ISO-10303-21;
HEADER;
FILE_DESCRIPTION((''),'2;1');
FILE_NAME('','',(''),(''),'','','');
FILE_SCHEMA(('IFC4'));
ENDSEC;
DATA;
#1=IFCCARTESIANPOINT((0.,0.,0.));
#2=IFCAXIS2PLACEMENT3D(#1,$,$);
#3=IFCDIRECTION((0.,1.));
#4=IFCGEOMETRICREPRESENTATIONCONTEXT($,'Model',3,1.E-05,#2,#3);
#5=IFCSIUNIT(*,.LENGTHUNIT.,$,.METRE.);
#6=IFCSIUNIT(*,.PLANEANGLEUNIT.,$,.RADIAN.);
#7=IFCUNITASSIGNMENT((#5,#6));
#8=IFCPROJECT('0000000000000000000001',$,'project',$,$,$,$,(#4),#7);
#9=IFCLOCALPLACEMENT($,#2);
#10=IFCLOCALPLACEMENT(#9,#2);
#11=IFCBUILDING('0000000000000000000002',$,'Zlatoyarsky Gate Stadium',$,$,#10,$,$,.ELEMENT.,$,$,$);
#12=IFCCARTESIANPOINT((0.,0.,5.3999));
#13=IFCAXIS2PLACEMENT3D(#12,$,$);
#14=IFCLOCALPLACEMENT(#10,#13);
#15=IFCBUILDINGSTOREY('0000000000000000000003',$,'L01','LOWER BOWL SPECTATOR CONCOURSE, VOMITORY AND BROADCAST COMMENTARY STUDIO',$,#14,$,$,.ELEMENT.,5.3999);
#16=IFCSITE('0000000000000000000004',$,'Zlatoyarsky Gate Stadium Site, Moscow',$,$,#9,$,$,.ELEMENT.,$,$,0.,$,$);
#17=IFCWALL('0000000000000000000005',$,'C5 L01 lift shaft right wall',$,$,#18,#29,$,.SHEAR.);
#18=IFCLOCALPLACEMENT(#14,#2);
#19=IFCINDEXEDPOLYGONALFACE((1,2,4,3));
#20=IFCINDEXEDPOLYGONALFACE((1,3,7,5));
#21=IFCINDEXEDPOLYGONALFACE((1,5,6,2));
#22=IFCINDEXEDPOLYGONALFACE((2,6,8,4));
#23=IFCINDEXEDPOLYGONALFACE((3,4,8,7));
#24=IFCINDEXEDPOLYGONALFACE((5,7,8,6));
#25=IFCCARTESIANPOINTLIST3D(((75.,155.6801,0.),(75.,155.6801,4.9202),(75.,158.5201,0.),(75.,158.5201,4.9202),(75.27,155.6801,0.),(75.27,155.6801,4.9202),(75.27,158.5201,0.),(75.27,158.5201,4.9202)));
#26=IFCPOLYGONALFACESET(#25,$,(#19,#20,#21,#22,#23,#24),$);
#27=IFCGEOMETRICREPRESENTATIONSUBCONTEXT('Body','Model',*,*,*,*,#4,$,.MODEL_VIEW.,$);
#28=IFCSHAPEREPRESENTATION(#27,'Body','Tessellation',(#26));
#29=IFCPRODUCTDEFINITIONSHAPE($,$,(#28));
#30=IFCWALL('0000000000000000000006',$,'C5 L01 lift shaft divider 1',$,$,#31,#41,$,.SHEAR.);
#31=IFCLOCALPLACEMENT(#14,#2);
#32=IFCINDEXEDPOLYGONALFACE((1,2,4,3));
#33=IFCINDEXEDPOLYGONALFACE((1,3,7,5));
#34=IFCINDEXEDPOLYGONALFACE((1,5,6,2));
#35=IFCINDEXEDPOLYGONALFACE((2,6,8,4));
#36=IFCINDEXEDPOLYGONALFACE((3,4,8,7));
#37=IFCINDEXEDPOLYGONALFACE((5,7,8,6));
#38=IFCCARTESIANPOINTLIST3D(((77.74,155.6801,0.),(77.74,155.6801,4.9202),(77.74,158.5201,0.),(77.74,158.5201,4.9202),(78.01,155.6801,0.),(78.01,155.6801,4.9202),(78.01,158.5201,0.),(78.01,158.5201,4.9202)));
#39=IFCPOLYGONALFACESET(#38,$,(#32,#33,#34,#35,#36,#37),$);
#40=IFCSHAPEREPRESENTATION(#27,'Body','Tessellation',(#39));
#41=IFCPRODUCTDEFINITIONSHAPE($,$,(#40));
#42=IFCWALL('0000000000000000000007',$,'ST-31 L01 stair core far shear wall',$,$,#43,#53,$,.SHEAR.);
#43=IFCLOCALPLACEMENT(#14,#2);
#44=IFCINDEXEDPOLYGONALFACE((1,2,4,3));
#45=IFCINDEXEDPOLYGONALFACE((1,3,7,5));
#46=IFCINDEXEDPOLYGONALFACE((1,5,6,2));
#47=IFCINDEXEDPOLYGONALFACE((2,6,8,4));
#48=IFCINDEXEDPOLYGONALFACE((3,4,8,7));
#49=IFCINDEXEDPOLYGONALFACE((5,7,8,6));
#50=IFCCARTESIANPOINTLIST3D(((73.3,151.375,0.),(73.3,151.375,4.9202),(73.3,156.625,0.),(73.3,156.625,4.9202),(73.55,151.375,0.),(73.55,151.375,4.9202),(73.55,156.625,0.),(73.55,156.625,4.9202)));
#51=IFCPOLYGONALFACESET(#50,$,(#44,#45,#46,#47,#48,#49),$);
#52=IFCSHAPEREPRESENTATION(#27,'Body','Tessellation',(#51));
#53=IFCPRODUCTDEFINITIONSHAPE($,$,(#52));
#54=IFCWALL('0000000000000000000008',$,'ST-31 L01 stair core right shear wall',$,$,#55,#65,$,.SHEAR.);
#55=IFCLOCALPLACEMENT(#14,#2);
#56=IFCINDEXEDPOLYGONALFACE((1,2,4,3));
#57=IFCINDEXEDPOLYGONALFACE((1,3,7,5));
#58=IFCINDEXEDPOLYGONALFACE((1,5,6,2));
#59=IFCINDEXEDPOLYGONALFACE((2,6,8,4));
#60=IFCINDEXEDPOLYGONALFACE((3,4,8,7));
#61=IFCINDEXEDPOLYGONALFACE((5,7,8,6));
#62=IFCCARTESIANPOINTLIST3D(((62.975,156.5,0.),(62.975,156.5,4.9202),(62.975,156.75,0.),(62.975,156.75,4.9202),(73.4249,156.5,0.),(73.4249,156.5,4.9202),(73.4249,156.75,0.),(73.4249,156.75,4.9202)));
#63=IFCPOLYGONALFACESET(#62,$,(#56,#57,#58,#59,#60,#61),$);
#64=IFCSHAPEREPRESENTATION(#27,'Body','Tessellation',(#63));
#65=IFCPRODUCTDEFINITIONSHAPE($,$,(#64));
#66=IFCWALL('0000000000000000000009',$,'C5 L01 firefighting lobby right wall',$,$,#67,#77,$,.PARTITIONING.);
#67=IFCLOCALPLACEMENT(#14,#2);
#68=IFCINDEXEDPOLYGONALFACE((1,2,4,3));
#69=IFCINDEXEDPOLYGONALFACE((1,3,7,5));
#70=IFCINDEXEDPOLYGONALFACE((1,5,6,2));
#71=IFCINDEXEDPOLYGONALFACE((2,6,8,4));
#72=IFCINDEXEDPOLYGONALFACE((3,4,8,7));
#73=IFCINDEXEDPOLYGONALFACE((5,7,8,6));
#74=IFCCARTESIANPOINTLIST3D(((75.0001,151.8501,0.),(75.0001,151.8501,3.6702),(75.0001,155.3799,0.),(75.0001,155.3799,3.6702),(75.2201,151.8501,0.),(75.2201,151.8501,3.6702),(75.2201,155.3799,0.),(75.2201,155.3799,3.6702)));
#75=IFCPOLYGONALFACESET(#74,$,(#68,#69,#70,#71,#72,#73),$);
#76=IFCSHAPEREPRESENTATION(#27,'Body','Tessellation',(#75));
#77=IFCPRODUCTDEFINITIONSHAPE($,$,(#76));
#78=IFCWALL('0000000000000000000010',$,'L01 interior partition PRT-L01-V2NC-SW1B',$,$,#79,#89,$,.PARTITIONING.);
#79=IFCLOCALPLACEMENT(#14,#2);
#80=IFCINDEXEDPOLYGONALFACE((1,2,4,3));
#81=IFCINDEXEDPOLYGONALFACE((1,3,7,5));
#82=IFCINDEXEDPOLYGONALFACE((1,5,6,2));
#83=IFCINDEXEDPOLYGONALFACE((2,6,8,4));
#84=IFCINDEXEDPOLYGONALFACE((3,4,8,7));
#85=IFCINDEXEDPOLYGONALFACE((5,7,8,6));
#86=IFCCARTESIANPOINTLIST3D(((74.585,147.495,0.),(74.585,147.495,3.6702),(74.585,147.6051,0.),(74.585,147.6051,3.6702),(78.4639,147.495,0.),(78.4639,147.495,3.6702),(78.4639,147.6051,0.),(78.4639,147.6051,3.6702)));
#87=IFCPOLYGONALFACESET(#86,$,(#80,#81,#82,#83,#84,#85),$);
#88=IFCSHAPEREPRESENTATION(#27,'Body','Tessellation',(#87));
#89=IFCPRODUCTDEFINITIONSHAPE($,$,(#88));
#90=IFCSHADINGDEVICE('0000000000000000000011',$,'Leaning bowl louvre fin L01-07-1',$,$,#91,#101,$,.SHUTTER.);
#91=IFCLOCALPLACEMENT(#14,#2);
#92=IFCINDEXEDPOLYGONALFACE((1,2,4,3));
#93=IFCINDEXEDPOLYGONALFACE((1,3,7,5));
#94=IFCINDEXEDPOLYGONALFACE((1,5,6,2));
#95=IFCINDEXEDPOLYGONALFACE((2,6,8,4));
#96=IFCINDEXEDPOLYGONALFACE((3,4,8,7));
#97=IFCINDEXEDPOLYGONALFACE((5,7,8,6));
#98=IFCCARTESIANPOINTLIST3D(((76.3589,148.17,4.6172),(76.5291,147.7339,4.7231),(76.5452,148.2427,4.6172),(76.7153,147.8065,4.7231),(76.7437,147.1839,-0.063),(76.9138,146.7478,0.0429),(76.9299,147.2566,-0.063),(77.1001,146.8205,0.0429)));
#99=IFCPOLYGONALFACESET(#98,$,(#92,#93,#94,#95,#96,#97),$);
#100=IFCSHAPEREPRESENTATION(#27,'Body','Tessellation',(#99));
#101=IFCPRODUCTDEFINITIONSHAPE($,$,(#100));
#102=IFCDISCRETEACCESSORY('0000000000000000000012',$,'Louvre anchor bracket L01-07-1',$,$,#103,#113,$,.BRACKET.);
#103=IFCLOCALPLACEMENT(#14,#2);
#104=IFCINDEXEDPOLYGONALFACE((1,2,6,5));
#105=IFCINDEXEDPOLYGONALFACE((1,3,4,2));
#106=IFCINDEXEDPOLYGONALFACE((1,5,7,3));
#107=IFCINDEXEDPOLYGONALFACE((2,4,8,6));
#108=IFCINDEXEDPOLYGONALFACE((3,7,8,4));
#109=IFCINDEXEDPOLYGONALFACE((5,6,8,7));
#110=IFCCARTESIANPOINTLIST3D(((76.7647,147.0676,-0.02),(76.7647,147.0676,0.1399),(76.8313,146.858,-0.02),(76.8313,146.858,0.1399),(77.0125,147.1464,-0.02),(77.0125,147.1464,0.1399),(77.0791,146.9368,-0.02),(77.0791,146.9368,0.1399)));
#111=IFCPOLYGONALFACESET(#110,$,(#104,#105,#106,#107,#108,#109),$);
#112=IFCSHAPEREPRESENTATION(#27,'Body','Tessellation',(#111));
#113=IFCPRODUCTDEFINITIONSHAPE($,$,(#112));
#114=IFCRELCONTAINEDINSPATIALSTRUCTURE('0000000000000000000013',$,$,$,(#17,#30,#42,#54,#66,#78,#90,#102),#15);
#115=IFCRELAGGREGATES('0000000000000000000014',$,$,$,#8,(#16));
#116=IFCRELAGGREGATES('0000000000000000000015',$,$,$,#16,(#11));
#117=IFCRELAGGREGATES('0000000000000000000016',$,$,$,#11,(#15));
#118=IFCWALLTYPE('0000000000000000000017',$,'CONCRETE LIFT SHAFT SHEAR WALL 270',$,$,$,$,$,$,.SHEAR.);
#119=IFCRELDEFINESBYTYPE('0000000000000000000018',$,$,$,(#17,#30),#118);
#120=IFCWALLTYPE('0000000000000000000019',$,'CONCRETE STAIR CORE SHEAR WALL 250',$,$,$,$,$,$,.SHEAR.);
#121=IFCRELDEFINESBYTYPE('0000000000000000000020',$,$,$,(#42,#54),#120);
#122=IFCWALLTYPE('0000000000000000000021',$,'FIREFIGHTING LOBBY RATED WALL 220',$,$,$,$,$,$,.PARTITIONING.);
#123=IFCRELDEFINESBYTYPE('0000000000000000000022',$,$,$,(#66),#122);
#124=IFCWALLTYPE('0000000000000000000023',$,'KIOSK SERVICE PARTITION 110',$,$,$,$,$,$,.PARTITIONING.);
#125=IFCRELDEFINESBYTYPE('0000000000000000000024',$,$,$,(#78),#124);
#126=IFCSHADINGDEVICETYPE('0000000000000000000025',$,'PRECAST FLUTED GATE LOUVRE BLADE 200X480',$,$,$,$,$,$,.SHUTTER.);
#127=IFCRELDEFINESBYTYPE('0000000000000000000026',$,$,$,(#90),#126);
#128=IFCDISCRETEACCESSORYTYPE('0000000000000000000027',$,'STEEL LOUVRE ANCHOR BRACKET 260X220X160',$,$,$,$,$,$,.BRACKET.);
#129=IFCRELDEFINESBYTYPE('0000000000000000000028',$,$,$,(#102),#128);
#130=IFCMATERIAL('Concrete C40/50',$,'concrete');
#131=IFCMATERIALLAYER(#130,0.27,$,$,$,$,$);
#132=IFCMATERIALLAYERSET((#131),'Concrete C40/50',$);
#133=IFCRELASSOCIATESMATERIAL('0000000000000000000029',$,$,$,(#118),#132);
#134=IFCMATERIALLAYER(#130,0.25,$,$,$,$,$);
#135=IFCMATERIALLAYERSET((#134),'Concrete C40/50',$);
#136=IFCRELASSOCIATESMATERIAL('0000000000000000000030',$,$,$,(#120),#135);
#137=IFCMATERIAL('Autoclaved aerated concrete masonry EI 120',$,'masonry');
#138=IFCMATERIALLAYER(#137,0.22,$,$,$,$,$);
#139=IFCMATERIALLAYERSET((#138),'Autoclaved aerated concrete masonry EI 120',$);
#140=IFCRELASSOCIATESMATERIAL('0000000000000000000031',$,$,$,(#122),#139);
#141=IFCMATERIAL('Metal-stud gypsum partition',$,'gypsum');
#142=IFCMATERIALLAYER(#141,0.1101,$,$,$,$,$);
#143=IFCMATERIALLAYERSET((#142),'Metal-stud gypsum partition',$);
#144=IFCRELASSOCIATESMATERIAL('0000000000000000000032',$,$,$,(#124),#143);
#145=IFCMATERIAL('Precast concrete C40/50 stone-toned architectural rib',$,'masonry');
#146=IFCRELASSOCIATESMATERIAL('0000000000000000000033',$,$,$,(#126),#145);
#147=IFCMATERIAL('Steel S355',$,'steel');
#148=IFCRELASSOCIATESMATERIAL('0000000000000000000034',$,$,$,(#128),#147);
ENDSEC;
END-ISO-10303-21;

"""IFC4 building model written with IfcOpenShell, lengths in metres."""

from ifc_helpers import new_model, si_unit, direction, frame, frame_2d, origin, origin_2d, place, context, subcontext, project, spatial, rectangle, extrude, material, layer, layer_set, material_profile, profile_set, type_object, element, save


model = new_model("IFC4")

# Units and contexts
model_context = context("Model", 3, precision=1e-05, world=origin(), true_north=direction((0.0, 1.0)))
body_context = subcontext(model_context, "Body", "Model", "MODEL_VIEW")
ifc_project = project(units=[si_unit("LENGTHUNIT", "METRE"), si_unit("PLANEANGLEUNIT", "RADIAN")], contexts=[model_context])

# Site, building, storey
site_placement = place(None, origin())
site = spatial("IfcSite", under=ifc_project, at=site_placement, Name="Zlatoyarsky Gate Stadium Site, Moscow", CompositionType="ELEMENT", RefElevation=0.0)
building_placement = place(site_placement, origin())
building = spatial("IfcBuilding", under=site, at=building_placement, Name="Zlatoyarsky Gate Stadium", CompositionType="ELEMENT")
storey_placement = place(building_placement, frame((0.0, 0.0, 5.3999)))
storey = spatial("IfcBuildingStorey", under=building, at=storey_placement, Name="L01", Description="LOWER BOWL SPECTATOR CONCOURSE, VOMITORY AND BROADCAST COMMENTARY STUDIO", CompositionType="ELEMENT", Elevation=5.3999)

# Shared definitions
ifc_material_1 = material(Name="Concrete C40/50", Category="concrete")
ifc_material_2 = material(Name="Steel S355", Category="steel")

# Walls
ifc_layer_1 = layer(ifc_material_1, 0.27)
ifc_layer_set_1 = layer_set([ifc_layer_1], Name="Concrete C40/50")
wall_type_1 = type_object("IfcWallType", Name="CONCRETE LIFT SHAFT SHEAR WALL 270", PredefinedType="SHEAR", material=ifc_layer_set_1)
for number, where, z_axis, x_axis, name in (
    (1, (75.135, 158.52, 0.0), (0.0, 0.0, 1.0), (0.0, -1.0, 0.0), "C5 L01 lift shaft right wall"),
    (2, (77.875, 158.52, 0.0), (0.0, 0.0, 1.0), (0.0, -1.0, 0.0), "C5 L01 lift shaft divider 1"),
):
    element("IfcWall", number, at=place(storey_placement, frame(where, z_axis=z_axis, x_axis=x_axis)), inside=storey, type_object=wall_type_1, Name=name, PredefinedType="SHEAR", context=body_context, shape_type="SweptSolid", body=[
        extrude(rectangle(XDim=2.8401, YDim=0.27, at=frame_2d((1.4199, 0.0))), origin(), (0.0, 0.0, 1.0), 4.9202),
    ])
ifc_layer_2 = layer(ifc_material_1, 0.25)
ifc_layer_set_2 = layer_set([ifc_layer_2], Name="Concrete C40/50")
wall_type_2 = type_object("IfcWallType", Name="CONCRETE STAIR CORE SHEAR WALL 250", PredefinedType="SHEAR", material=ifc_layer_set_2)
wall_1_placement = place(storey_placement, frame((73.425, 151.375, 0.0), z_axis=(0.0, 0.0, 1.0), x_axis=(0.0, 1.0, 0.0)))
element("IfcWall", 3, at=wall_1_placement, inside=storey, type_object=wall_type_2, Name="ST-31 L01 stair core far shear wall", PredefinedType="SHEAR", context=body_context, shape_type="SweptSolid", body=[
    extrude(rectangle(XDim=5.25, YDim=0.25, at=frame_2d((2.625, 0.0))), origin(), (0.0, 0.0, 1.0), 4.9202),
])
wall_2_placement = place(storey_placement, frame((73.425, 156.625, 0.0), z_axis=(0.0, 0.0, 1.0), x_axis=(-1.0, 0.0, 0.0)))
element("IfcWall", 4, at=wall_2_placement, inside=storey, type_object=wall_type_2, Name="ST-31 L01 stair core right shear wall", PredefinedType="SHEAR", context=body_context, shape_type="SweptSolid", body=[
    extrude(rectangle(XDim=10.45, YDim=0.25, at=frame_2d((5.2251, 0.0))), origin(), (0.0, 0.0, 1.0), 4.9202),
])
ifc_material_3 = material(Name="Autoclaved aerated concrete masonry EI 120", Category="masonry")
ifc_layer_3 = layer(ifc_material_3, 0.22)
ifc_layer_set_3 = layer_set([ifc_layer_3], Name="Autoclaved aerated concrete masonry EI 120")
wall_type_3 = type_object("IfcWallType", Name="FIREFIGHTING LOBBY RATED WALL 220", PredefinedType="PARTITIONING", material=ifc_layer_set_3)
wall_3_placement = place(storey_placement, frame((75.1101, 155.3799, 0.0), z_axis=(0.0, 0.0, 1.0), x_axis=(0.0, -1.0, 0.0)))
element("IfcWall", 5, at=wall_3_placement, inside=storey, type_object=wall_type_3, Name="C5 L01 firefighting lobby right wall", PredefinedType="PARTITIONING", context=body_context, shape_type="SweptSolid", body=[
    extrude(rectangle(XDim=3.5298, YDim=0.22, at=frame_2d((1.7649, 0.0))), origin(), (0.0, 0.0, 1.0), 3.6702),
])
ifc_material_4 = material(Name="Metal-stud gypsum partition", Category="gypsum")
ifc_layer_4 = layer(ifc_material_4, 0.1101)
ifc_layer_set_4 = layer_set([ifc_layer_4], Name="Metal-stud gypsum partition")
wall_type_4 = type_object("IfcWallType", Name="KIOSK SERVICE PARTITION 110", PredefinedType="PARTITIONING", material=ifc_layer_set_4)
wall_4_placement = place(storey_placement, frame((74.585, 147.55, 0.0), z_axis=(0.0, 0.0, 1.0), x_axis=(1.0, 0.0, 0.0)))
element("IfcWall", 6, at=wall_4_placement, inside=storey, type_object=wall_type_4, Name="L01 interior partition PRT-L01-V2NC-SW1B", PredefinedType="PARTITIONING", context=body_context, shape_type="SweptSolid", body=[
    extrude(rectangle(XDim=3.8789, YDim=0.1101, at=frame_2d((1.9395, 0.0))), origin(), (0.0, 0.0, 1.0), 3.6702),
])

# Shading device
ifc_material_5 = material(Name="Precast concrete C40/50 stone-toned architectural rib", Category="masonry")
ifc_material_profile_1 = material_profile(ifc_material_5, rectangle(XDim=0.2, YDim=0.48, at=origin_2d()), Name="RIB 200X480")
ifc_profile_set_1 = profile_set([ifc_material_profile_1], Name="Precast concrete C40/50 stone-toned architectural rib")
shading_device_type = type_object("IfcShadingDeviceType", Name="PRECAST FLUTED GATE LOUVRE BLADE 200X480", PredefinedType="SHUTTER", material=ifc_profile_set_1)
shading_device_placement = place(storey_placement, frame((76.9219, 147.0022, -0.01), z_axis=(-0.080187, 0.205504, 0.975366), x_axis=(-0.931593, -0.363503, 0.0)))
element("IfcShadingDevice", 7, at=shading_device_placement, inside=storey, type_object=shading_device_type, Name="Leaning bowl louvre fin L01-07-1", PredefinedType="SHUTTER", context=body_context, shape_type="SweptSolid", body=[
    extrude(rectangle(XDim=0.2, YDim=0.48, at=origin_2d()), origin(), (0.0, 0.0, 1.0), 4.7983),
])

# Discrete accessory
discrete_accessory_type = type_object("IfcDiscreteAccessoryType", Name="STEEL LOUVRE ANCHOR BRACKET 260X220X160", PredefinedType="BRACKET", material=ifc_material_2)
discrete_accessory_placement = place(storey_placement, frame((76.9219, 147.0022, -0.02), z_axis=(0.0, 0.0, 1.0), x_axis=(-0.953026, -0.302887, 0.0)))
element("IfcDiscreteAccessory", 8, at=discrete_accessory_placement, inside=storey, type_object=discrete_accessory_type, Name="Louvre anchor bracket L01-07-1", PredefinedType="BRACKET", context=body_context, shape_type="SweptSolid", body=[
    extrude(rectangle(XDim=0.26, YDim=0.22, at=origin_2d()), origin(), (0.0, 0.0, 1.0), 0.1599),
])

save(model, "model.ifc")
